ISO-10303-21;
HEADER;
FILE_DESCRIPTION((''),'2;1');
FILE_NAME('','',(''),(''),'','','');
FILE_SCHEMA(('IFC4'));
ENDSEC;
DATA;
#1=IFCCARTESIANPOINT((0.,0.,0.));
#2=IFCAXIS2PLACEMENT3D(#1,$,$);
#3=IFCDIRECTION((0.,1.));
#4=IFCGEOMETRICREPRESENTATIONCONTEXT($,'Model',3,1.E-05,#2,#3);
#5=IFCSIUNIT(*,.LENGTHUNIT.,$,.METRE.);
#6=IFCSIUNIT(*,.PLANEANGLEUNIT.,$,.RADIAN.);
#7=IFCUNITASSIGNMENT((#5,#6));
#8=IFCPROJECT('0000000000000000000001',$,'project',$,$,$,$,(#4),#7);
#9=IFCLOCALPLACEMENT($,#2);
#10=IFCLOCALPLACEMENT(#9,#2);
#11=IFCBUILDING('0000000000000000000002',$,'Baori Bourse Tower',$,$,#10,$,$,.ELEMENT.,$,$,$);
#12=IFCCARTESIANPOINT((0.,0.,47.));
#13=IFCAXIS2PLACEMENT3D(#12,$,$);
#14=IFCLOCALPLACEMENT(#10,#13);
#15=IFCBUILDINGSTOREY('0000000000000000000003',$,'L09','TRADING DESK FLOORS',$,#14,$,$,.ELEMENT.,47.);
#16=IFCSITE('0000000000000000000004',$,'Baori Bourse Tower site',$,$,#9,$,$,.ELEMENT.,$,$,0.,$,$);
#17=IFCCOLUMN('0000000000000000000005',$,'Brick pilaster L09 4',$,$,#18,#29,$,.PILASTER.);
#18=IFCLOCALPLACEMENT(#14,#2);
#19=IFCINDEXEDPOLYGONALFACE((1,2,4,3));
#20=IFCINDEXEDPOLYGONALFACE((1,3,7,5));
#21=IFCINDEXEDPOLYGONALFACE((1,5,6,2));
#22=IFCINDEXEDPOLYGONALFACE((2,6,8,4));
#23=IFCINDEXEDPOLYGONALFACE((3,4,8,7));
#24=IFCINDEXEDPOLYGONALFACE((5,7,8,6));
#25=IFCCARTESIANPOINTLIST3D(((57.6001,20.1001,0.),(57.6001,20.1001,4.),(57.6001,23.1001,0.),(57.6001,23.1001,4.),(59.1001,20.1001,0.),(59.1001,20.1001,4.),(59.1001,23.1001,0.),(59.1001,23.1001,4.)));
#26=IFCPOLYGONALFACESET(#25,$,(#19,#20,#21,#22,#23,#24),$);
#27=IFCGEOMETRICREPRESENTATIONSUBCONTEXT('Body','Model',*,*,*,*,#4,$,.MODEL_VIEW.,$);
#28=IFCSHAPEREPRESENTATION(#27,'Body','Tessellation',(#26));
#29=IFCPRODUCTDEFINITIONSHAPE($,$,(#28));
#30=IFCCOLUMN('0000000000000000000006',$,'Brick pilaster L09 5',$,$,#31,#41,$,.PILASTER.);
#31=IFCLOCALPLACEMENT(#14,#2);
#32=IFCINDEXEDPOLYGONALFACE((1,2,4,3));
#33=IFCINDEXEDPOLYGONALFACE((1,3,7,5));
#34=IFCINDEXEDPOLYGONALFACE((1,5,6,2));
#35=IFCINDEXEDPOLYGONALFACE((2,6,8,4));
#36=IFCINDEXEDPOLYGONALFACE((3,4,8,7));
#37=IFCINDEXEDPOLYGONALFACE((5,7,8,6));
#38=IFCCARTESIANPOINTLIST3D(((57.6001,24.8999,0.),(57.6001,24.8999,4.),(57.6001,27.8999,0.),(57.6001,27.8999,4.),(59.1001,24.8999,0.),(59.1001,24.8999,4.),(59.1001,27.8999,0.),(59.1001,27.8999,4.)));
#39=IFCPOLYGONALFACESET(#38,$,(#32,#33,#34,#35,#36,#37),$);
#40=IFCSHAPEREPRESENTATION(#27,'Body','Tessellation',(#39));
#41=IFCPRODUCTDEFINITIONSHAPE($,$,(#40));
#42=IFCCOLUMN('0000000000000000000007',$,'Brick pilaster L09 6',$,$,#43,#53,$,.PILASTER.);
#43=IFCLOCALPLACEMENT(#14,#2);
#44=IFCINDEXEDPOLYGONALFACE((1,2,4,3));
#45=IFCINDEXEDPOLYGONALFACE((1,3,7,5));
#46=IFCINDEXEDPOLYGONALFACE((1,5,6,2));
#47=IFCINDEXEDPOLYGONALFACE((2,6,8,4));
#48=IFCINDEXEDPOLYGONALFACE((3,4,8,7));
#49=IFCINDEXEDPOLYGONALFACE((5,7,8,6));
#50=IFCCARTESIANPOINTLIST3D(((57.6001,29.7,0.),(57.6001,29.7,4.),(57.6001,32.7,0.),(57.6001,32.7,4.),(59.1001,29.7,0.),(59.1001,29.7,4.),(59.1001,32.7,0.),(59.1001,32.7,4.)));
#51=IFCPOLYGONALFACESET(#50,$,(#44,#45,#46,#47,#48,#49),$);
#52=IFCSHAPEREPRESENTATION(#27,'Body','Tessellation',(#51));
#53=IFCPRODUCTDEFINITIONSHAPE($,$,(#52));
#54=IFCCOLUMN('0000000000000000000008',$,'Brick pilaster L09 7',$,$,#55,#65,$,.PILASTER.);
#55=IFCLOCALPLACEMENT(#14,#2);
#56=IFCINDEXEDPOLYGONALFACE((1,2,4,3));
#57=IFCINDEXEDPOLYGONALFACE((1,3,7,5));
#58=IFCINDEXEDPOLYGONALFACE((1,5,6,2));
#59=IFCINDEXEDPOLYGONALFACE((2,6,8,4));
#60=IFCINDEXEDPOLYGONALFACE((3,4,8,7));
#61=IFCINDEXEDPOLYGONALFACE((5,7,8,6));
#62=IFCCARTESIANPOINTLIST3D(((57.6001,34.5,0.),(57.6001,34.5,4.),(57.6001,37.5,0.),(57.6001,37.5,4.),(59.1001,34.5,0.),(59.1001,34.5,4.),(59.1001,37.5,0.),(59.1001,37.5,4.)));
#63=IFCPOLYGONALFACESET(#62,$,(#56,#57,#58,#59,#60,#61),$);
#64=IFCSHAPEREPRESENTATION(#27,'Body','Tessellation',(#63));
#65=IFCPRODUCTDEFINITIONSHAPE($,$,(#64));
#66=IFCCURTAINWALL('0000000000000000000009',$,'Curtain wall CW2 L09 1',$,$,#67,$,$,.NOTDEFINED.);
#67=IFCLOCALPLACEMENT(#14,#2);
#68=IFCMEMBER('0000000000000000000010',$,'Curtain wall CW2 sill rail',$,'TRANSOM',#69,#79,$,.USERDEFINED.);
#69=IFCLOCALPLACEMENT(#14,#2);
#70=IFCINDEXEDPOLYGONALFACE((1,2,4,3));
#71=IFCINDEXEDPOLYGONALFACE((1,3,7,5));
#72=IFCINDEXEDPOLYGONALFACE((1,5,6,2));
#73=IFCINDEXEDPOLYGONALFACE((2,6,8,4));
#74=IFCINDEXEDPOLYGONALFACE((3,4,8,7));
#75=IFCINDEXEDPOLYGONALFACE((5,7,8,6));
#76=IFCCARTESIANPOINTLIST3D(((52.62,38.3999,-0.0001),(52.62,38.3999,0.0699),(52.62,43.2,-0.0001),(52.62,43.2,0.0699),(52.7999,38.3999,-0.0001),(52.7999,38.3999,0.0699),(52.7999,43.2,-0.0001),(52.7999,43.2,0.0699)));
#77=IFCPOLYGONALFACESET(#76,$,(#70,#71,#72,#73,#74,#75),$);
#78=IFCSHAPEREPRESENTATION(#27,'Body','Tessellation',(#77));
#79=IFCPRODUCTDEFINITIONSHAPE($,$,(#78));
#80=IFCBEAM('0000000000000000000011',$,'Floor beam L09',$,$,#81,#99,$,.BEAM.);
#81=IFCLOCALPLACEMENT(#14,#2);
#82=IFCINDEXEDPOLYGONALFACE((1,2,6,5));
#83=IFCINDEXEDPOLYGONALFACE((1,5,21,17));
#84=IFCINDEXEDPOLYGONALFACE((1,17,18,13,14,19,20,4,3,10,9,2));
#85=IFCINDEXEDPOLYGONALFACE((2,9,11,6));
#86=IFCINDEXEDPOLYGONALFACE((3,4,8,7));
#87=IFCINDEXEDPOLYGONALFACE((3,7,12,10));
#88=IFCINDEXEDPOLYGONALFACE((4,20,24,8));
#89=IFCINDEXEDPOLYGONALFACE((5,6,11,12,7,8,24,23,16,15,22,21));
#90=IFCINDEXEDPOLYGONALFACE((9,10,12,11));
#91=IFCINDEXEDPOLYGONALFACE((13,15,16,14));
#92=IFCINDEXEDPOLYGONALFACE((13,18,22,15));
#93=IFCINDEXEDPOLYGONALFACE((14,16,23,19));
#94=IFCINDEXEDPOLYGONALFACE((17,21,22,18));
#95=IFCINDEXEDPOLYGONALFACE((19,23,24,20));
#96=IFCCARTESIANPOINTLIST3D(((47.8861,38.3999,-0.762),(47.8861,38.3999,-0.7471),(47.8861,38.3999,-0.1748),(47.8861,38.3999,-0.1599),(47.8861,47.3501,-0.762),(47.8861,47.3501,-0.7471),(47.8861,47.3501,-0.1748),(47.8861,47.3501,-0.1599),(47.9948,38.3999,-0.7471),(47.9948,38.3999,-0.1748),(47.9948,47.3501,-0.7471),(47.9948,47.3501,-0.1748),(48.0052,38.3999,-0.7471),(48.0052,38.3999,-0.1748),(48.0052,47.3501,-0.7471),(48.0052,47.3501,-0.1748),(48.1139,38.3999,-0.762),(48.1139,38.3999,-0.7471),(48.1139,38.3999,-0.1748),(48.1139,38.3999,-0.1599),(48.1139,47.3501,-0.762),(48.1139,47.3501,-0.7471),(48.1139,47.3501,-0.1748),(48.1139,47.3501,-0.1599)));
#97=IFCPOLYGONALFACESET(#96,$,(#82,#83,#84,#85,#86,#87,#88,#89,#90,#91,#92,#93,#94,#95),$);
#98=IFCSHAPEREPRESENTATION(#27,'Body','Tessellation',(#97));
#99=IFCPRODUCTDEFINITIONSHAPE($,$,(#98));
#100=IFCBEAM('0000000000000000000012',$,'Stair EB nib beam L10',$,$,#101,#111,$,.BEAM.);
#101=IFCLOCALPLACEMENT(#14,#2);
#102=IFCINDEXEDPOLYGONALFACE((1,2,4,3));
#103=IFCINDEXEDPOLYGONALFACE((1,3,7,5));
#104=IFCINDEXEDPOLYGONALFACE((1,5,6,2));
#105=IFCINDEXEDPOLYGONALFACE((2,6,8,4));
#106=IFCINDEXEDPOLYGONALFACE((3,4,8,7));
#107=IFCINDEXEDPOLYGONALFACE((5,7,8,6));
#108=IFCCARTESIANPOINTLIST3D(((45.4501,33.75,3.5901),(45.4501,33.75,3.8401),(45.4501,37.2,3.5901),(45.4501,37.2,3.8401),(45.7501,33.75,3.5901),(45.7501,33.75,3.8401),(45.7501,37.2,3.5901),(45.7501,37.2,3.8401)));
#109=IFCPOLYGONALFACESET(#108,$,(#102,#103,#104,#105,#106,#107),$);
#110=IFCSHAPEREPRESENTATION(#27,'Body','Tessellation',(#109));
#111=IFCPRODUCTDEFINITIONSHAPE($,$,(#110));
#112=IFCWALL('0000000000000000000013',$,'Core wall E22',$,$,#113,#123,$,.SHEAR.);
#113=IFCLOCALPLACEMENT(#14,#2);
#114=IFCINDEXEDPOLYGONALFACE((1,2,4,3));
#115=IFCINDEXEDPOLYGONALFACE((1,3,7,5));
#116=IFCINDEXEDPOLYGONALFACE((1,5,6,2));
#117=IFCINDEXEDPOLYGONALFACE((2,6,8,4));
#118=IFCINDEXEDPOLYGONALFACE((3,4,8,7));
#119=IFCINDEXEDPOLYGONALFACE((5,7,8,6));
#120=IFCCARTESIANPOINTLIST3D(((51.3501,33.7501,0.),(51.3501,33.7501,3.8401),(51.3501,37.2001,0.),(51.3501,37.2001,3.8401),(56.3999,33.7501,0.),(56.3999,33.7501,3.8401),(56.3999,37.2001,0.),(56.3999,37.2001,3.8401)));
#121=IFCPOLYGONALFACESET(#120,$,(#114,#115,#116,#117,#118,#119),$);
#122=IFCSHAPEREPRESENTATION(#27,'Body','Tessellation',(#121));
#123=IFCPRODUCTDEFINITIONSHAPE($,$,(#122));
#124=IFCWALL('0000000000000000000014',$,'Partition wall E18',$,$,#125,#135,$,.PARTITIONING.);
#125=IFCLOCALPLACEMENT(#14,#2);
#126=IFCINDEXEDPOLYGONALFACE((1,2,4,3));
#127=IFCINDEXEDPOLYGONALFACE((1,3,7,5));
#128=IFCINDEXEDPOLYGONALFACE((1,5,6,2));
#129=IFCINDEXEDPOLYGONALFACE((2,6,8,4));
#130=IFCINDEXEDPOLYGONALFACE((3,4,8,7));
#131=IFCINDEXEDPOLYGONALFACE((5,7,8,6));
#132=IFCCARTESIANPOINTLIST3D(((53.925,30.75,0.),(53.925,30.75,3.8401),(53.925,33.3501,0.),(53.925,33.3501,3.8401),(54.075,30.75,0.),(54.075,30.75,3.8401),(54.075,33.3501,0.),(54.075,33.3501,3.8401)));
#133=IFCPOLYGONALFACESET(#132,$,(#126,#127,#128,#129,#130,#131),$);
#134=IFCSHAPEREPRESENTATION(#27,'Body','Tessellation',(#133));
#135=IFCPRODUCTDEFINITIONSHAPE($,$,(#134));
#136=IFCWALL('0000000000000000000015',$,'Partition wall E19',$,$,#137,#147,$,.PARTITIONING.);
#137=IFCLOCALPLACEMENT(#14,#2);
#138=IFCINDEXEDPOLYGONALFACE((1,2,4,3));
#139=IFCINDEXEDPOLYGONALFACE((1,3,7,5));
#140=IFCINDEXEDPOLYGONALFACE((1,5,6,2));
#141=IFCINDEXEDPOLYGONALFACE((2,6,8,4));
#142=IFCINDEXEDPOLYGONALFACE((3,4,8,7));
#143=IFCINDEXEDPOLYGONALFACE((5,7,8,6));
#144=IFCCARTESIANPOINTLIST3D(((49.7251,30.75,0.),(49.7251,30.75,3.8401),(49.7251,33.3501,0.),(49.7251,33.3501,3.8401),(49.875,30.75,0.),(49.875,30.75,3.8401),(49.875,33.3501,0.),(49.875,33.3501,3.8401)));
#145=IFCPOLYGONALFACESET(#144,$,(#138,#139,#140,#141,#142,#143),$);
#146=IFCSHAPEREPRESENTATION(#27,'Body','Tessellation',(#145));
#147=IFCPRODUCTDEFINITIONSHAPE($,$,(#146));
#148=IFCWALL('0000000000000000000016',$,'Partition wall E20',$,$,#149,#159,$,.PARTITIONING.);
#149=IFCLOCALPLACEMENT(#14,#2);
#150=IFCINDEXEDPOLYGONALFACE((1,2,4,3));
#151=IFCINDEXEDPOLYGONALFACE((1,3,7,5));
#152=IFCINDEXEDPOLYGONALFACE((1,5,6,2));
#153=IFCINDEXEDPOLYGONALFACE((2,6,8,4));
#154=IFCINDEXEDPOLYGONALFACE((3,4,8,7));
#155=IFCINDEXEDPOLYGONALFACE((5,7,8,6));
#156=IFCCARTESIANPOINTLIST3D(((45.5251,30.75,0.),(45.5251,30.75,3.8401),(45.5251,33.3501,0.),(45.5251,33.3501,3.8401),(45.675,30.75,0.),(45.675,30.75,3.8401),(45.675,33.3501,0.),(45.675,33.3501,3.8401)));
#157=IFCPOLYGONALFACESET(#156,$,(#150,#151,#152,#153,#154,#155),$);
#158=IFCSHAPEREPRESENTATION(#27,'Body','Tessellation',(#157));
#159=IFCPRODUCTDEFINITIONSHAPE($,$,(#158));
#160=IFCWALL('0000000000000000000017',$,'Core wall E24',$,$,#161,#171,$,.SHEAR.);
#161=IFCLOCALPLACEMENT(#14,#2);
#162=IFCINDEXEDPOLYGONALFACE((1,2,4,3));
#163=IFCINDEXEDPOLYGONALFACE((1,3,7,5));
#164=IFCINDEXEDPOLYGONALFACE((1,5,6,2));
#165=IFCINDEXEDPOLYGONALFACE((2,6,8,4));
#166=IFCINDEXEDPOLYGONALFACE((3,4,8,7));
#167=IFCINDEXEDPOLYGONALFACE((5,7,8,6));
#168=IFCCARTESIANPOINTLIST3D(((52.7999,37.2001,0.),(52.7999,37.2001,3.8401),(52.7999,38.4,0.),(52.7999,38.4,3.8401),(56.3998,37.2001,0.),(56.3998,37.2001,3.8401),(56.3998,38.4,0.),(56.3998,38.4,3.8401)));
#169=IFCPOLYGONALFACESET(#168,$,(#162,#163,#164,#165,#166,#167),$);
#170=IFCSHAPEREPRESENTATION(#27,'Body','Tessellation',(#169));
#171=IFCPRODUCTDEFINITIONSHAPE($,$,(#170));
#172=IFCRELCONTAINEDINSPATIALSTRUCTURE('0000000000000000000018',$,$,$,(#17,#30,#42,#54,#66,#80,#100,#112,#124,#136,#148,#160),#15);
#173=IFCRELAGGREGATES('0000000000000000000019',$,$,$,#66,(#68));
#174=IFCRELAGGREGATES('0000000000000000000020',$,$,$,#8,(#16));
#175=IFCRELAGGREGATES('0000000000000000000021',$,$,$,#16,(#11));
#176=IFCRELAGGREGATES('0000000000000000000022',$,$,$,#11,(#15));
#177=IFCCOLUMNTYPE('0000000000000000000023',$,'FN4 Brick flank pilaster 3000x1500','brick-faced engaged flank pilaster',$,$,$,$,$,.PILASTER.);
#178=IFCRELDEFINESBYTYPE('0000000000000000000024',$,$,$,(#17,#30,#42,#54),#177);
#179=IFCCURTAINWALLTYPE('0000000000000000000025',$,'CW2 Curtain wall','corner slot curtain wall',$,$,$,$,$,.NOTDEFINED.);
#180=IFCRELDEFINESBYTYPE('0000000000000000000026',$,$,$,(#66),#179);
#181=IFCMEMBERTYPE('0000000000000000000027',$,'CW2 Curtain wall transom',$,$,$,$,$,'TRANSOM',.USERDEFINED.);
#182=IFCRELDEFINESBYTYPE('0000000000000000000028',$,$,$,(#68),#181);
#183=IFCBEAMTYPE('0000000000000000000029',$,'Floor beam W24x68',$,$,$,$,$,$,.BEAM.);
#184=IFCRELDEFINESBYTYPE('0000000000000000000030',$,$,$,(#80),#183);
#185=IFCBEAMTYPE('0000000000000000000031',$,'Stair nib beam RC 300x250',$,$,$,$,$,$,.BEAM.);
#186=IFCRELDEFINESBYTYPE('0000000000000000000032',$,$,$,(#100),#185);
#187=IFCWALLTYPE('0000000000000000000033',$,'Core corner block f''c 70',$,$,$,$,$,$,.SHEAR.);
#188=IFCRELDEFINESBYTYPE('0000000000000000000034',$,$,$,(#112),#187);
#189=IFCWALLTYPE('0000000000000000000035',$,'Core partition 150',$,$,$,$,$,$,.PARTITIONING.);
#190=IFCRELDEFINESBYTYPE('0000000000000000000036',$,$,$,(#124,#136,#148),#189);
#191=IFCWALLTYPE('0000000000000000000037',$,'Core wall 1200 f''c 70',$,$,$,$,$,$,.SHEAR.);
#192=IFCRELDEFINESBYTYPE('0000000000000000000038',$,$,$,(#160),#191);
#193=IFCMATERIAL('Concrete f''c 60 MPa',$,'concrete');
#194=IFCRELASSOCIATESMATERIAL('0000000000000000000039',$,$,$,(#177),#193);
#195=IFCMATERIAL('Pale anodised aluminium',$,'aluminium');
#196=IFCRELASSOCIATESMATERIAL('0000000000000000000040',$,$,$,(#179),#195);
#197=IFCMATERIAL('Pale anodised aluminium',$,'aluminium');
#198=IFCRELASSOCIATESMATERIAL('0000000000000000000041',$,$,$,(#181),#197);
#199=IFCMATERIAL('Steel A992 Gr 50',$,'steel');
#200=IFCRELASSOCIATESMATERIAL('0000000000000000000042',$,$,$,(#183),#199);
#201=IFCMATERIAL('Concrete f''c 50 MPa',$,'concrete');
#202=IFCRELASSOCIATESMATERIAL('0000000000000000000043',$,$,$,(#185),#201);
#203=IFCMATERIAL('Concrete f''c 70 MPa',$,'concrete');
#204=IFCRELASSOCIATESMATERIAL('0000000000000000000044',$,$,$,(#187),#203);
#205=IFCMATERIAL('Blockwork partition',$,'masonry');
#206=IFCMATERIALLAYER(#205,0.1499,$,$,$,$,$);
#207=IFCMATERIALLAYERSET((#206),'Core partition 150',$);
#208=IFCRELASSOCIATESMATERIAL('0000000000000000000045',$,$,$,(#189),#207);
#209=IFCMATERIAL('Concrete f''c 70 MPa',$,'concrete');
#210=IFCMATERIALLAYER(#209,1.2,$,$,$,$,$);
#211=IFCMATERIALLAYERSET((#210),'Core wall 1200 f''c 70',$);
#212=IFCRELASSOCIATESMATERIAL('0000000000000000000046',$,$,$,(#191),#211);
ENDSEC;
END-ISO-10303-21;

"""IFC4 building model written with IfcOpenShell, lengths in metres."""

from ifc_helpers import new_model, si_unit, direction, frame, frame_2d, origin, origin_2d, place, context, subcontext, project, spatial, rectangle, i_section, extrude, material, layer, layer_set, material_profile, profile_set, type_object, element, aggregate, save


model = new_model("IFC4")

# Units and contexts
model_context = context("Model", 3, precision=1e-05, world=origin(), true_north=direction((0.0, 1.0)))
body_context = subcontext(model_context, "Body", "Model", "MODEL_VIEW")
ifc_project = project(units=[si_unit("LENGTHUNIT", "METRE"), si_unit("PLANEANGLEUNIT", "RADIAN")], contexts=[model_context])

# Site, building, storey
site_placement = place(None, origin())
site = spatial("IfcSite", under=ifc_project, at=site_placement, Name="Baori Bourse Tower site", CompositionType="ELEMENT", RefElevation=0.0)
building_placement = place(site_placement, origin())
building = spatial("IfcBuilding", under=site, at=building_placement, Name="Baori Bourse Tower", CompositionType="ELEMENT")
storey_placement = place(building_placement, frame((0.0, 0.0, 47.0)))
storey = spatial("IfcBuildingStorey", under=building, at=storey_placement, Name="L09", Description="TRADING DESK FLOORS", CompositionType="ELEMENT", Elevation=47.0)

# Columns
ifc_material_1 = material(Name="Concrete f'c 60 MPa", Category="concrete")
ifc_material_profile_1 = material_profile(ifc_material_1, rectangle(XDim=3.0, YDim=1.5, at=origin_2d()), Name="RC 3000x1500")
ifc_profile_set_1 = profile_set([ifc_material_profile_1], Name="Concrete f'c 60 MPa")
column_type = type_object("IfcColumnType", Name="FN4 Brick flank pilaster 3000x1500", Description="brick-faced engaged flank pilaster", PredefinedType="PILASTER", material=ifc_profile_set_1)
for number, where, z_axis, x_axis, name in (
    (1, (58.3501, 21.6001, 0.0), (0.0, 0.0, 1.0), (0.0, 1.0, 0.0), "Brick pilaster L09 4"),
    (2, (58.3501, 26.3999, 0.0), (0.0, 0.0, 1.0), (0.0, 1.0, 0.0), "Brick pilaster L09 5"),
    (3, (58.3501, 31.2, 0.0), (0.0, 0.0, 1.0), (0.0, 1.0, 0.0), "Brick pilaster L09 6"),
    (4, (58.3501, 36.0, 0.0), (0.0, 0.0, 1.0), (0.0, 1.0, 0.0), "Brick pilaster L09 7"),
):
    element("IfcColumn", number, at=place(storey_placement, frame(where, z_axis=z_axis, x_axis=x_axis)), inside=storey, type_object=column_type, Name=name, PredefinedType="PILASTER", context=body_context, shape_type="SweptSolid", body=[
        extrude(rectangle(XDim=3.0, YDim=1.5, at=origin_2d()), origin(), (0.0, 0.0, 1.0), 4.0),
    ])

# Curtain wall, member
ifc_material_2 = material(Name="Pale anodised aluminium", Category="aluminium")
curtain_wall_type = type_object("IfcCurtainWallType", Name="CW2 Curtain wall", Description="corner slot curtain wall", PredefinedType="NOTDEFINED", material=ifc_material_2)
curtain_wall_placement = place(storey_placement, origin())
curtain_wall = element("IfcCurtainWall", 5, at=curtain_wall_placement, inside=storey, type_object=curtain_wall_type, Name="Curtain wall CW2 L09 1", PredefinedType="NOTDEFINED")
ifc_material_3 = material(Name="Pale anodised aluminium", Category="aluminium")
ifc_material_profile_2 = material_profile(ifc_material_3, rectangle(XDim=0.1799, YDim=0.0701, at=origin_2d()), Name="Transom 70x180")
ifc_profile_set_2 = profile_set([ifc_material_profile_2], Name="Pale anodised aluminium")
member_type = type_object("IfcMemberType", Name="CW2 Curtain wall transom", ElementType="TRANSOM", PredefinedType="USERDEFINED", material=ifc_profile_set_2)
member_placement = place(storey_placement, frame((52.71, 38.3999, 0.0349), z_axis=(0.0, 1.0, 0.0), x_axis=(-1.0, 0.0, 0.0)))
member = element("IfcMember", 6, at=member_placement, type_object=member_type, Name="Curtain wall CW2 sill rail", ObjectType="TRANSOM", PredefinedType="USERDEFINED", context=body_context, shape_type="SweptSolid", body=[
    extrude(rectangle(XDim=0.1799, YDim=0.0701, at=origin_2d()), origin(), (0.0, 0.0, 1.0), 4.8),
])
aggregate(curtain_wall, [member])

# Beams
ifc_material_4 = material(Name="Steel A992 Gr 50", Category="steel")
ifc_material_profile_3 = material_profile(ifc_material_4, i_section(OverallWidth=0.2278, OverallDepth=0.6021, WebThickness=0.0105, FlangeThickness=0.0149, at=origin_2d()), Name="W24x68")
ifc_profile_set_3 = profile_set([ifc_material_profile_3], Name="Steel A992 Gr 50")
beam_type_1 = type_object("IfcBeamType", Name="Floor beam W24x68", PredefinedType="BEAM", material=ifc_profile_set_3)
beam_1_placement = place(storey_placement, frame((48.0, 38.3999, -0.4609), z_axis=(0.0, 1.0, 0.0), x_axis=(-1.0, 0.0, 0.0)))
element("IfcBeam", 7, at=beam_1_placement, inside=storey, type_object=beam_type_1, Name="Floor beam L09", PredefinedType="BEAM", context=body_context, shape_type="SweptSolid", body=[
    extrude(i_section(OverallWidth=0.2278, OverallDepth=0.6021, WebThickness=0.0105, FlangeThickness=0.0149, at=origin_2d()), origin(), (0.0, 0.0, 1.0), 8.9502),
])
ifc_material_5 = material(Name="Concrete f'c 50 MPa", Category="concrete")
ifc_material_profile_4 = material_profile(ifc_material_5, rectangle(XDim=0.3, YDim=0.25, at=origin_2d()), Name="RC 300x250")
ifc_profile_set_4 = profile_set([ifc_material_profile_4], Name="Concrete f'c 50 MPa")
beam_type_2 = type_object("IfcBeamType", Name="Stair nib beam RC 300x250", PredefinedType="BEAM", material=ifc_profile_set_4)
beam_2_placement = place(storey_placement, frame((45.6001, 33.75, 3.7151), z_axis=(0.0, 1.0, 0.0), x_axis=(-1.0, 0.0, 0.0)))
element("IfcBeam", 8, at=beam_2_placement, inside=storey, type_object=beam_type_2, Name="Stair EB nib beam L10", PredefinedType="BEAM", context=body_context, shape_type="SweptSolid", body=[
    extrude(rectangle(XDim=0.3, YDim=0.25, at=origin_2d()), origin(), (0.0, 0.0, 1.0), 3.45),
])

# Walls
ifc_material_6 = material(Name="Concrete f'c 70 MPa", Category="concrete")
wall_type_1 = type_object("IfcWallType", Name="Core corner block f'c 70", PredefinedType="SHEAR", material=ifc_material_6)
wall_1_placement = place(storey_placement, frame((51.3501, 35.4751, 0.0), z_axis=(0.0, 0.0, 1.0), x_axis=(1.0, 0.0, 0.0)))
element("IfcWall", 9, at=wall_1_placement, inside=storey, type_object=wall_type_1, Name="Core wall E22", PredefinedType="SHEAR", context=body_context, shape_type="SweptSolid", body=[
    extrude(rectangle(XDim=5.0498, YDim=3.45, at=frame_2d((2.5249, 0.0))), origin(), (0.0, 0.0, 1.0), 3.8401),
])
ifc_material_7 = material(Name="Blockwork partition", Category="masonry")
ifc_layer_1 = layer(ifc_material_7, 0.1499)
ifc_layer_set_1 = layer_set([ifc_layer_1], Name="Core partition 150")
wall_type_2 = type_object("IfcWallType", Name="Core partition 150", PredefinedType="PARTITIONING", material=ifc_layer_set_1)
for number, where, z_axis, x_axis, name in (
    (10, (54.0, 30.75, 0.0), (0.0, 0.0, 1.0), (0.0, 1.0, 0.0), "Partition wall E18"),
    (11, (49.8, 30.75, 0.0), (0.0, 0.0, 1.0), (0.0, 1.0, 0.0), "Partition wall E19"),
    (12, (45.6001, 30.75, 0.0), (0.0, 0.0, 1.0), (0.0, 1.0, 0.0), "Partition wall E20"),
):
    element("IfcWall", number, at=place(storey_placement, frame(where, z_axis=z_axis, x_axis=x_axis)), inside=storey, type_object=wall_type_2, Name=name, PredefinedType="PARTITIONING", context=body_context, shape_type="SweptSolid", body=[
        extrude(rectangle(XDim=2.6001, YDim=0.1499, at=frame_2d((1.3, 0.0))), origin(), (0.0, 0.0, 1.0), 3.8401),
    ])
ifc_material_8 = material(Name="Concrete f'c 70 MPa", Category="concrete")
ifc_layer_2 = layer(ifc_material_8, 1.2)
ifc_layer_set_2 = layer_set([ifc_layer_2], Name="Core wall 1200 f'c 70")
wall_type_3 = type_object("IfcWallType", Name="Core wall 1200 f'c 70", PredefinedType="SHEAR", material=ifc_layer_set_2)
wall_2_placement = place(storey_placement, frame((52.8, 37.8, 0.0), z_axis=(0.0, 0.0, 1.0), x_axis=(1.0, 0.0, 0.0)))
element("IfcWall", 13, at=wall_2_placement, inside=storey, type_object=wall_type_3, Name="Core wall E24", PredefinedType="SHEAR", context=body_context, shape_type="SweptSolid", body=[
    extrude(rectangle(XDim=3.5999, YDim=1.2, at=frame_2d((1.7998, 0.0))), origin(), (0.0, 0.0, 1.0), 3.8401),
])

save(model, "model.ifc")
